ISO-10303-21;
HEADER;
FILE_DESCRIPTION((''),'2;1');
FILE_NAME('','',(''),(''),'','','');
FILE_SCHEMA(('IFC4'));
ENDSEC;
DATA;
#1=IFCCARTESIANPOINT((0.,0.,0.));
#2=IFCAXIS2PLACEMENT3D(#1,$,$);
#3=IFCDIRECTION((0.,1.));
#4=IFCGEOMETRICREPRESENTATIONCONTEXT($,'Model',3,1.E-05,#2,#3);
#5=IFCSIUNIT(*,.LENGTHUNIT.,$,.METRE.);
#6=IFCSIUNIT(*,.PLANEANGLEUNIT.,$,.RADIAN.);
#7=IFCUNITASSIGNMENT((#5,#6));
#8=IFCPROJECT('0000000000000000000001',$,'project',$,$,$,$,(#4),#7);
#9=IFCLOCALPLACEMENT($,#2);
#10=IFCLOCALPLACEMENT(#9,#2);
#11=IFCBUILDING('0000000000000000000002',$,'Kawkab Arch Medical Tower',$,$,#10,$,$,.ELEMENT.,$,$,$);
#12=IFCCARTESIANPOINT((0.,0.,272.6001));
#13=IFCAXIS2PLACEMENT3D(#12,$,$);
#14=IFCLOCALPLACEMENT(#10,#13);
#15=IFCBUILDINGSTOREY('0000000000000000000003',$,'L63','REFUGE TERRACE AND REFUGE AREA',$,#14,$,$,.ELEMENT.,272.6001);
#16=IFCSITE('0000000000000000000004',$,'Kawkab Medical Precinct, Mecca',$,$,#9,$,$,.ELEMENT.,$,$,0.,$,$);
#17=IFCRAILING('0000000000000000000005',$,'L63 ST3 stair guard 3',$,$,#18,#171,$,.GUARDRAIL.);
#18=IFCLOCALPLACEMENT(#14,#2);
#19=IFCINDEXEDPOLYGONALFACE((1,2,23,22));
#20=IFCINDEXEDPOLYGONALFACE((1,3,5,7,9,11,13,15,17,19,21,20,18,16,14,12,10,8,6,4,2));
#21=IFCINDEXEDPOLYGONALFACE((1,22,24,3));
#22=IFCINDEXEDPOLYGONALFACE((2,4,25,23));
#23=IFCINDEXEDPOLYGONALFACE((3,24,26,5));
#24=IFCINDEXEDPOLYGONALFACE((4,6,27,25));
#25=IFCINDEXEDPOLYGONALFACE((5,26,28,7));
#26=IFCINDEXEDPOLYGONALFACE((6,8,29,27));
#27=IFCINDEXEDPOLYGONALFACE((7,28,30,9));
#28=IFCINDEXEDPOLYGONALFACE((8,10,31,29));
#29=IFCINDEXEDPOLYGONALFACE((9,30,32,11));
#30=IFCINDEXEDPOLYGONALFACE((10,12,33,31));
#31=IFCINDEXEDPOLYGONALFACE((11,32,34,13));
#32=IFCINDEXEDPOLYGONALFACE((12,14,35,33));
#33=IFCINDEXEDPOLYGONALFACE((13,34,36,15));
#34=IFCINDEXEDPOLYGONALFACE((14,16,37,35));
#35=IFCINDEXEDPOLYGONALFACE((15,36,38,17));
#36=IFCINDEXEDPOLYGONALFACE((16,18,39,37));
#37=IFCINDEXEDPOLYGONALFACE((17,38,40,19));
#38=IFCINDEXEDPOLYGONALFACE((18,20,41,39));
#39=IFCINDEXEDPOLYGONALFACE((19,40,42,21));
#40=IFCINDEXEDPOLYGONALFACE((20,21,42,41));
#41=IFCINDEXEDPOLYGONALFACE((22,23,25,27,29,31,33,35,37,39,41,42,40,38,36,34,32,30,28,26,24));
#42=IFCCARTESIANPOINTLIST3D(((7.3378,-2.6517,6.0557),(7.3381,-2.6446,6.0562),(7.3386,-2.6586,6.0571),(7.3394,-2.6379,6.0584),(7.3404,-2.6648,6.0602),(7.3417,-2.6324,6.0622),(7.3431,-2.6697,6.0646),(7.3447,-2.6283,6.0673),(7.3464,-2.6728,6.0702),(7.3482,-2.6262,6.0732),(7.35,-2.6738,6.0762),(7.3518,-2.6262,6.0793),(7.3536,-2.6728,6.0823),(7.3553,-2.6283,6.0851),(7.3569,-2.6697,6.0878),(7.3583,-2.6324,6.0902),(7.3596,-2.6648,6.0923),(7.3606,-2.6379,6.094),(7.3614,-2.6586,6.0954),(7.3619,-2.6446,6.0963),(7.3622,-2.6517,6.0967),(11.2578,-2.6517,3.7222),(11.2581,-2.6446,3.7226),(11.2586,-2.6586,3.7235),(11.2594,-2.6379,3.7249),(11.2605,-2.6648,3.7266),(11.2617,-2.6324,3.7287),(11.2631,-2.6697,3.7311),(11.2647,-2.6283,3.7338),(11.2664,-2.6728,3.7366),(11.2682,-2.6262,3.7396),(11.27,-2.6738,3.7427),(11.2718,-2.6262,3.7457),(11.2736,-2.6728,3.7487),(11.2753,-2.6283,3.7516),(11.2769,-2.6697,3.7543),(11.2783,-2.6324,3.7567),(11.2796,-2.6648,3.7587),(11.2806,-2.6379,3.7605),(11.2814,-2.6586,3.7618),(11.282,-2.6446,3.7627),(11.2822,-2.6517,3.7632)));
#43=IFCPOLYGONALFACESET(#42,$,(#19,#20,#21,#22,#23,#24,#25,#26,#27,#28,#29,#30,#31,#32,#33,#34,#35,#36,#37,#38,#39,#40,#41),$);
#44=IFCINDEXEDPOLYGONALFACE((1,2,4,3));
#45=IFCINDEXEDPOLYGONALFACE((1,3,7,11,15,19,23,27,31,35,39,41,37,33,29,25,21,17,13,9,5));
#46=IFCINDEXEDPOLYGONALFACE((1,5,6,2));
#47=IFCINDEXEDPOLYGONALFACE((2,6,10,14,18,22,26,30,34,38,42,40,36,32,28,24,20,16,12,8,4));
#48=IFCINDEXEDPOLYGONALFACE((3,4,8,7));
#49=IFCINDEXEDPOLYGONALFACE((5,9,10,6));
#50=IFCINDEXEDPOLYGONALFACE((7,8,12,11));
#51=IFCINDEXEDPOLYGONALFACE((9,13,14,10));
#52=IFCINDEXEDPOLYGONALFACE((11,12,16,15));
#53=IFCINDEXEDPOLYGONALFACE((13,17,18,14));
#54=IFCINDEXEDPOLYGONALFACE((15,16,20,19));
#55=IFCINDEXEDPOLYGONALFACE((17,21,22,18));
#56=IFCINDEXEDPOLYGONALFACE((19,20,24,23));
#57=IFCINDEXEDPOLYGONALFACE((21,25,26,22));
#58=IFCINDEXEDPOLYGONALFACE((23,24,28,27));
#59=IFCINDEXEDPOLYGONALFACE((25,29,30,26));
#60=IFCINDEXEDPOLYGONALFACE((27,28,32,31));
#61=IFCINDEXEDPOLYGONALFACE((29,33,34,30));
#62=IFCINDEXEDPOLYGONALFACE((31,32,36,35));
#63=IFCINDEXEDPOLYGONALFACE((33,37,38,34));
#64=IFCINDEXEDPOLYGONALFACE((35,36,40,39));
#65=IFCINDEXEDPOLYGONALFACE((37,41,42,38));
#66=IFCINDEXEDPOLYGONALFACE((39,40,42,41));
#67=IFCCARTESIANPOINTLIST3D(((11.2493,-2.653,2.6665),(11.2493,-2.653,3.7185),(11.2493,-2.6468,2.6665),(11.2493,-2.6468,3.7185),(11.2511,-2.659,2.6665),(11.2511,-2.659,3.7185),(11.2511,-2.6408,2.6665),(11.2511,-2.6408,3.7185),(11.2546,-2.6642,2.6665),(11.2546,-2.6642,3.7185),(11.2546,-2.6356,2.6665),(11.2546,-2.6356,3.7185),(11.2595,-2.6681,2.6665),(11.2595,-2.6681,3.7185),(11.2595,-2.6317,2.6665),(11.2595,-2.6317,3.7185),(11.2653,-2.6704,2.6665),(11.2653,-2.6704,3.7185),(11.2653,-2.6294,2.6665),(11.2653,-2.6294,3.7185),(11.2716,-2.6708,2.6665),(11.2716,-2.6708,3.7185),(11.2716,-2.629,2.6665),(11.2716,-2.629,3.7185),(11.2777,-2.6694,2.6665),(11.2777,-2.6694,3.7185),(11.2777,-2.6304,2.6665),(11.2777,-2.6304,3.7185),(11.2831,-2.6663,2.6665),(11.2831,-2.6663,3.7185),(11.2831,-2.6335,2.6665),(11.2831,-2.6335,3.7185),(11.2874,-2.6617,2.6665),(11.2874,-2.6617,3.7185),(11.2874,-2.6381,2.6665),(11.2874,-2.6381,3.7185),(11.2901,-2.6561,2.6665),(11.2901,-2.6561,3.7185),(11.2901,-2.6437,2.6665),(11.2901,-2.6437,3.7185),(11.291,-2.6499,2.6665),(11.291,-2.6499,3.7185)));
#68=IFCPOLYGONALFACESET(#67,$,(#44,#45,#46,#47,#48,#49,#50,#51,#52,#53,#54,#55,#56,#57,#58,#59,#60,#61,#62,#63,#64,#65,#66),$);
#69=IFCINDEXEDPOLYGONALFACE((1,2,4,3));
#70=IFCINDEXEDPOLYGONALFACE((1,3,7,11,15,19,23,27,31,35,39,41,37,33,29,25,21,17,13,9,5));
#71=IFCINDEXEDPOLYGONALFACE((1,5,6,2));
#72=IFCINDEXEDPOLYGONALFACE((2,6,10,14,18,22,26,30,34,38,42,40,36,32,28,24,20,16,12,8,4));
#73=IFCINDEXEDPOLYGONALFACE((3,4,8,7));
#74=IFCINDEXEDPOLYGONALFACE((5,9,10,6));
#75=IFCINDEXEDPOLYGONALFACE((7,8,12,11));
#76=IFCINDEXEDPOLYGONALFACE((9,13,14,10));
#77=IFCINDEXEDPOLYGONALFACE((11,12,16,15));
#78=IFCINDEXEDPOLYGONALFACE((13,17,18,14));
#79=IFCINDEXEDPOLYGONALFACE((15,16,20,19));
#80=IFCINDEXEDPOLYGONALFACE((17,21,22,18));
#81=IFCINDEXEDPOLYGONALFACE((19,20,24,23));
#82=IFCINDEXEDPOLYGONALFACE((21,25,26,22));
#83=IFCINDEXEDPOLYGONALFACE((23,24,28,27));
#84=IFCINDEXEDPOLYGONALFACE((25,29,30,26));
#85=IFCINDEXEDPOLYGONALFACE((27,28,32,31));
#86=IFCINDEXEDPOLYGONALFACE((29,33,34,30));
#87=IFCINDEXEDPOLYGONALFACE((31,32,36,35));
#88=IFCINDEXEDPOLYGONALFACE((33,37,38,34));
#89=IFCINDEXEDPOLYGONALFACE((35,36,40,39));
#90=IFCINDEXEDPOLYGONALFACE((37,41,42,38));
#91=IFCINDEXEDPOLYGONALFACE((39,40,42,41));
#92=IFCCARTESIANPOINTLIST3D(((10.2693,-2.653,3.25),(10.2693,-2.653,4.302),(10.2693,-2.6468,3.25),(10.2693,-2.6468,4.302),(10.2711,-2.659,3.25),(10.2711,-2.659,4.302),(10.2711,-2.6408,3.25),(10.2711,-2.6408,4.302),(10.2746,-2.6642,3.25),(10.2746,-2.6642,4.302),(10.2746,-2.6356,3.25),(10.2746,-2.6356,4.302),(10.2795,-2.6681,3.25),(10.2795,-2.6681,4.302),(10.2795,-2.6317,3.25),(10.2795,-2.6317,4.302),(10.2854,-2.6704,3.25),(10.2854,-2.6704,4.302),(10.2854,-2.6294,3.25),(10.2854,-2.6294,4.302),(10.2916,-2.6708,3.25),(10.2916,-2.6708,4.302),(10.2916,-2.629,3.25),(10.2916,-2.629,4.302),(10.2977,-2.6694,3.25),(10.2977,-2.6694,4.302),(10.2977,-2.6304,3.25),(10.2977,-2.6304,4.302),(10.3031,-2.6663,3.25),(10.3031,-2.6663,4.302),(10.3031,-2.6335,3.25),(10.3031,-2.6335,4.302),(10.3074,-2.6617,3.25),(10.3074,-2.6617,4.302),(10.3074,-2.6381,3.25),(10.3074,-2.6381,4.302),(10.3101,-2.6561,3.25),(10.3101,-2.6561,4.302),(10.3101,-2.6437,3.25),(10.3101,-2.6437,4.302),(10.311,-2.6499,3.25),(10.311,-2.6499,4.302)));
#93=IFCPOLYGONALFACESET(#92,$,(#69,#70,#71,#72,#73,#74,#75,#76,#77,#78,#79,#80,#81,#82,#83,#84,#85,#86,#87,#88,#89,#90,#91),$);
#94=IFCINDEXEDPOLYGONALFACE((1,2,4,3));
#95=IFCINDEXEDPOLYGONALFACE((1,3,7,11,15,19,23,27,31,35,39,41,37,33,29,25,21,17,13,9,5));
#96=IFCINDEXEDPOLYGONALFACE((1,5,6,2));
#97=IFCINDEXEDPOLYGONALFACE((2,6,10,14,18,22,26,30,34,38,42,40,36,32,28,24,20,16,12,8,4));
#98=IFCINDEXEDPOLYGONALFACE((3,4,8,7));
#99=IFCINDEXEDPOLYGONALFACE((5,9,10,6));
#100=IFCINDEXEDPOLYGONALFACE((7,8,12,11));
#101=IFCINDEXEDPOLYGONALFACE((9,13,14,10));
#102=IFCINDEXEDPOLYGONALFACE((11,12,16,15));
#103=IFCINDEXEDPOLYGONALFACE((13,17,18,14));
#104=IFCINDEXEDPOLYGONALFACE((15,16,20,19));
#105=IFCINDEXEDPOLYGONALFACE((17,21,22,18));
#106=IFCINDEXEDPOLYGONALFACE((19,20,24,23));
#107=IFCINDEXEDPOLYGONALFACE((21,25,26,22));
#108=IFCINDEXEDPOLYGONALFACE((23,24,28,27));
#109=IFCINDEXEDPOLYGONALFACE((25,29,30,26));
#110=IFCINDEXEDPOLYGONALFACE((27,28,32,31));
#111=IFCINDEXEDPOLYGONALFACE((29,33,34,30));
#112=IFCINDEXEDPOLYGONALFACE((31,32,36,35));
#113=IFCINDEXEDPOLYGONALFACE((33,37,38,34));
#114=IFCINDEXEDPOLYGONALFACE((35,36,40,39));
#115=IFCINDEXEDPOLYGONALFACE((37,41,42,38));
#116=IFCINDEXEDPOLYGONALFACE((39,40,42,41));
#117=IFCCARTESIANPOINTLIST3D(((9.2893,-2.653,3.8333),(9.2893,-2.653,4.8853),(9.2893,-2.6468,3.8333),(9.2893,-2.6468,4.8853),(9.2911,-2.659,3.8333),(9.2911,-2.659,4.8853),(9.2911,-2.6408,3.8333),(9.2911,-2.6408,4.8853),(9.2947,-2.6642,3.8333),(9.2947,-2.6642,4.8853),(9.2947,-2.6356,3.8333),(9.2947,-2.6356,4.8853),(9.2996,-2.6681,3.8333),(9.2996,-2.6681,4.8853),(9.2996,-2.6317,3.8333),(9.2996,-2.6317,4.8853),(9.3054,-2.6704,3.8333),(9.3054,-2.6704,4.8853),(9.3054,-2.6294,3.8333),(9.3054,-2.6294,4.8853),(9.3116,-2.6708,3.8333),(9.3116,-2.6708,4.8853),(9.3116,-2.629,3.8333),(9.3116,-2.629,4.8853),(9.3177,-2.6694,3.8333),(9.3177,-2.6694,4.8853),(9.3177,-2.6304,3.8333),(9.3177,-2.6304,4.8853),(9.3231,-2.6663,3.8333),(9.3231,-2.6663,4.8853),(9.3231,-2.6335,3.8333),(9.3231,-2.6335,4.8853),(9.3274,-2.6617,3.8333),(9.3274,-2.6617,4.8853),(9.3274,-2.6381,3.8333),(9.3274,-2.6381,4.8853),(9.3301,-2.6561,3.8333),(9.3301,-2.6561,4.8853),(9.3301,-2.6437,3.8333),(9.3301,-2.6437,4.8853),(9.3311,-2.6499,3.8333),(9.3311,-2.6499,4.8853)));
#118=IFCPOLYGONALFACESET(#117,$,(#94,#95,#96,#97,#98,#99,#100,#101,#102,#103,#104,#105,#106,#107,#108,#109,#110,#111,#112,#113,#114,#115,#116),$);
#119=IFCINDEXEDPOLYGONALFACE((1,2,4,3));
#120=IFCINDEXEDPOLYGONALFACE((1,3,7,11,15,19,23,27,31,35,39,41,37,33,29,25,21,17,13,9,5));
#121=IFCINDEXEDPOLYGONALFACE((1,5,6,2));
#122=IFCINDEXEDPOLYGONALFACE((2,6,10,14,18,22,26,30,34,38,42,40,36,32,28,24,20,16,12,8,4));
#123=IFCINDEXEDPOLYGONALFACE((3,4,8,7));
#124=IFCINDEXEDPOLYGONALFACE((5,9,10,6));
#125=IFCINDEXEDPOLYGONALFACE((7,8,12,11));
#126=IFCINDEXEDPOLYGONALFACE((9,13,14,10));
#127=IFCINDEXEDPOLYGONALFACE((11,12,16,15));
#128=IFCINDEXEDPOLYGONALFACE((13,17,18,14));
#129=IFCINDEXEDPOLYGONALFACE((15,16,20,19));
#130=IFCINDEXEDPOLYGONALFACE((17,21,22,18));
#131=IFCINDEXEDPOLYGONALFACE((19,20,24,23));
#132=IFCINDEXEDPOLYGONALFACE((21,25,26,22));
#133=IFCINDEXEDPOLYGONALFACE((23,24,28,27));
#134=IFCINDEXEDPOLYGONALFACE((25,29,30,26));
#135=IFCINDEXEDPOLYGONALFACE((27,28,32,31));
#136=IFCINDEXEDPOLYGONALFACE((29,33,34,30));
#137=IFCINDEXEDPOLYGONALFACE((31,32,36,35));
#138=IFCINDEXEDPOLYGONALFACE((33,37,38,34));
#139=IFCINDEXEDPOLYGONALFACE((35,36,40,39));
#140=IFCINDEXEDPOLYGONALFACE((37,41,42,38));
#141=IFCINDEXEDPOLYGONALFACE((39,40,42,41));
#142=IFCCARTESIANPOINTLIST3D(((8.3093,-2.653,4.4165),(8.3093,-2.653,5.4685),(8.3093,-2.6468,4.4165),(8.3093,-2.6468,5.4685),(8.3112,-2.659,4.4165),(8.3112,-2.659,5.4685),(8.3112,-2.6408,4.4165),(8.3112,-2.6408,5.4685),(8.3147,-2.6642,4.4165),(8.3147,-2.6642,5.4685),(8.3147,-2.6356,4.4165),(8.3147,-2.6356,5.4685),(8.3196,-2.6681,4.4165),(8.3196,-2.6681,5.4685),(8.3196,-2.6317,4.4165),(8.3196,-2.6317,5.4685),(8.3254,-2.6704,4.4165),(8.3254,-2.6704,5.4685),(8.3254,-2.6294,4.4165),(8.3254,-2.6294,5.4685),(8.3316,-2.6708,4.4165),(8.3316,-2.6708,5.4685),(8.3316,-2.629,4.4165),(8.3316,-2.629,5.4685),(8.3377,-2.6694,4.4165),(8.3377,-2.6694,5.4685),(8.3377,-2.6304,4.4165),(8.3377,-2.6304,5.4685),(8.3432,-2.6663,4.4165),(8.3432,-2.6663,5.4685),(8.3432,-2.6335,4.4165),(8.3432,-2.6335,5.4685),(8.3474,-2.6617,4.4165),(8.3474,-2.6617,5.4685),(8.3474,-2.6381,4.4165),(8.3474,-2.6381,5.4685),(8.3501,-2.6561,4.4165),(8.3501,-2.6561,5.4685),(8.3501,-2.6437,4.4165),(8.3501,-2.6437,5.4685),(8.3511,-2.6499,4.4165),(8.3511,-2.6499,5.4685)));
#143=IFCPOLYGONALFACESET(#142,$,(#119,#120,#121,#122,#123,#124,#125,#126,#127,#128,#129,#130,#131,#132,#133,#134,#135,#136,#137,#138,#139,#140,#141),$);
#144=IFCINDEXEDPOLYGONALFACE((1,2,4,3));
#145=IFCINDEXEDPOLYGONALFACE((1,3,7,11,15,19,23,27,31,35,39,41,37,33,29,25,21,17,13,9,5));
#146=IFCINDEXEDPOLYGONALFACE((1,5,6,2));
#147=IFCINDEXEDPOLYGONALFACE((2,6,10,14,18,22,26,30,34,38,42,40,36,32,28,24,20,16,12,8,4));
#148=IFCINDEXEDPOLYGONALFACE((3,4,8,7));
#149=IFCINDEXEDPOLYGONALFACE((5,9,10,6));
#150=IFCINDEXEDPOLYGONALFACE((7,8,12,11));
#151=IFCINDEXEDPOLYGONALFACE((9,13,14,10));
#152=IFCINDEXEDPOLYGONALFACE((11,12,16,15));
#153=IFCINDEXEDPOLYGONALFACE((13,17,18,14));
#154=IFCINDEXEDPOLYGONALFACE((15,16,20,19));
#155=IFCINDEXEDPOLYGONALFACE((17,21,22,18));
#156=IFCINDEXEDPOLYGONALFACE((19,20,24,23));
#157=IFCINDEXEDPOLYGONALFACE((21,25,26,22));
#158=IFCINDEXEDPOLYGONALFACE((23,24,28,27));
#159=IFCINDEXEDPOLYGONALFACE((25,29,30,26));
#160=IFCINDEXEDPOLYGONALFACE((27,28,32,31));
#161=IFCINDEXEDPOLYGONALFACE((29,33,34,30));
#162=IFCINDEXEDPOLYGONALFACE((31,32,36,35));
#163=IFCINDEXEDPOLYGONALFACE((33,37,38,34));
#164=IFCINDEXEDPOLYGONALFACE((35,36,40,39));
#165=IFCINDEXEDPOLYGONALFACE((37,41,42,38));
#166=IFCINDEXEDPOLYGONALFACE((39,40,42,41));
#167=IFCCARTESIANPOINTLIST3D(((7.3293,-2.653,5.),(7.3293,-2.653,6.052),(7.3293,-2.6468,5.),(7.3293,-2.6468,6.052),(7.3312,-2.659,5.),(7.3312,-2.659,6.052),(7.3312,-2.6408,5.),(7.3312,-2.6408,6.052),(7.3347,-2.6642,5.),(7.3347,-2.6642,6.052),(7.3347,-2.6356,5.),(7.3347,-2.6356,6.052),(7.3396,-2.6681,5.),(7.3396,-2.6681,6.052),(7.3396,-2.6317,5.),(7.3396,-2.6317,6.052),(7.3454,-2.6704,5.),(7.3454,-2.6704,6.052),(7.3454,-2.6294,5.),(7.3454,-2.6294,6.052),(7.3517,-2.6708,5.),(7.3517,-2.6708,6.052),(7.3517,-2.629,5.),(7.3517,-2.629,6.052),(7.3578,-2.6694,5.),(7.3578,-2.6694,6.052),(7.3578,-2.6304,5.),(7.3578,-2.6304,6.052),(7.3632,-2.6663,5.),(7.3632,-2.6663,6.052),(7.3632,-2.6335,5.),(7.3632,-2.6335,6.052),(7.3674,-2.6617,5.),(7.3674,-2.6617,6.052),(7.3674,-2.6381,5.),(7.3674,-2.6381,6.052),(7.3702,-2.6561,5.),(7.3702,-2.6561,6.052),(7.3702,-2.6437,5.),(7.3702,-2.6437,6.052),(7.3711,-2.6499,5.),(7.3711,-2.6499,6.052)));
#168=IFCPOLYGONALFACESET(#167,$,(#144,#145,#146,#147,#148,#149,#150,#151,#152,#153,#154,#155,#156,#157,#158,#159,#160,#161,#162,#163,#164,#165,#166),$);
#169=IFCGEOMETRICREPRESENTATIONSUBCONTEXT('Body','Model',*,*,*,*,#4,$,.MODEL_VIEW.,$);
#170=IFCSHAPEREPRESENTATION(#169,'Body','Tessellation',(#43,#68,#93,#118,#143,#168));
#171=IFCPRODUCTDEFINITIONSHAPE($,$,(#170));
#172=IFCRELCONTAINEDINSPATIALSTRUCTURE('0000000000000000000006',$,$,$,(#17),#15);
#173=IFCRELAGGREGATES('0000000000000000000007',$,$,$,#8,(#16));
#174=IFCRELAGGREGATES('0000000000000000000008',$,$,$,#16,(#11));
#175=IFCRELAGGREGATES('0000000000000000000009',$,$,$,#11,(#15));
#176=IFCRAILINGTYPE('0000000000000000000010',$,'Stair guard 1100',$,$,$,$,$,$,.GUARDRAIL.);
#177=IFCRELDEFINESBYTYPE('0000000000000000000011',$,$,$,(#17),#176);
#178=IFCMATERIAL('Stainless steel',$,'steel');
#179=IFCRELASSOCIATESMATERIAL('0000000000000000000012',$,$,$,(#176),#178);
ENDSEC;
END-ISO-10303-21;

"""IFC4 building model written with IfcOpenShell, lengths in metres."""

from ifc_helpers import new_model, si_unit, direction, frame, origin, origin_2d, place, context, subcontext, project, spatial, circle, extrude, material, type_object, element, save


model = new_model("IFC4")

# Units and contexts
model_context = context("Model", 3, precision=1e-05, world=origin(), true_north=direction((0.0, 1.0)))
body_context = subcontext(model_context, "Body", "Model", "MODEL_VIEW")
ifc_project = project(units=[si_unit("LENGTHUNIT", "METRE"), si_unit("PLANEANGLEUNIT", "RADIAN")], contexts=[model_context])

# Site, building, storey
site_placement = place(None, origin())
site = spatial("IfcSite", under=ifc_project, at=site_placement, Name="Kawkab Medical Precinct, Mecca", CompositionType="ELEMENT", RefElevation=0.0)
building_placement = place(site_placement, origin())
building = spatial("IfcBuilding", under=site, at=building_placement, Name="Kawkab Arch Medical Tower", CompositionType="ELEMENT")
storey_placement = place(building_placement, frame((0.0, 0.0, 272.6001)))
storey = spatial("IfcBuildingStorey", under=building, at=storey_placement, Name="L63", Description="REFUGE TERRACE AND REFUGE AREA", CompositionType="ELEMENT", Elevation=272.6001)

# Railing
ifc_material_1 = material(Name="Stainless steel", Category="steel")
railing_type = type_object("IfcRailingType", Name="Stair guard 1100", PredefinedType="GUARDRAIL", material=ifc_material_1)
railing_1_placement = place(storey_placement, frame((11.27, -2.6499, 2.6665)))
element("IfcRailing", 1, at=railing_1_placement, inside=storey, type_object=railing_type, Name="L63 ST3 stair guard 3", PredefinedType="GUARDRAIL", context=body_context, shape_type="SweptSolid", body=[
    extrude(circle(Radius=0.0239, at=origin_2d()), frame((0.0, 0.0, 1.0762), z_axis=(-0.859273, 0.0, 0.511518), x_axis=(0.0, -1.0, 0.0)), (0.0, 0.0, 1.0), 4.562),
    extrude(circle(Radius=0.021, at=origin_2d()), origin(), (0.0, 0.0, 1.0), 1.052),
    extrude(circle(Radius=0.021, at=origin_2d()), frame((-0.98, 0.0, 0.5835)), (0.0, 0.0, 1.0), 1.052),
    extrude(circle(Radius=0.021, at=origin_2d()), frame((-1.96, 0.0, 1.1667)), (0.0, 0.0, 1.0), 1.052),
    extrude(circle(Radius=0.021, at=origin_2d()), frame((-2.9399, 0.0, 1.75)), (0.0, 0.0, 1.0), 1.052),
    extrude(circle(Radius=0.021, at=origin_2d()), frame((-3.9199, 0.0, 2.3335)), (0.0, 0.0, 1.0), 1.052),
])

save(model, "model.ifc")
